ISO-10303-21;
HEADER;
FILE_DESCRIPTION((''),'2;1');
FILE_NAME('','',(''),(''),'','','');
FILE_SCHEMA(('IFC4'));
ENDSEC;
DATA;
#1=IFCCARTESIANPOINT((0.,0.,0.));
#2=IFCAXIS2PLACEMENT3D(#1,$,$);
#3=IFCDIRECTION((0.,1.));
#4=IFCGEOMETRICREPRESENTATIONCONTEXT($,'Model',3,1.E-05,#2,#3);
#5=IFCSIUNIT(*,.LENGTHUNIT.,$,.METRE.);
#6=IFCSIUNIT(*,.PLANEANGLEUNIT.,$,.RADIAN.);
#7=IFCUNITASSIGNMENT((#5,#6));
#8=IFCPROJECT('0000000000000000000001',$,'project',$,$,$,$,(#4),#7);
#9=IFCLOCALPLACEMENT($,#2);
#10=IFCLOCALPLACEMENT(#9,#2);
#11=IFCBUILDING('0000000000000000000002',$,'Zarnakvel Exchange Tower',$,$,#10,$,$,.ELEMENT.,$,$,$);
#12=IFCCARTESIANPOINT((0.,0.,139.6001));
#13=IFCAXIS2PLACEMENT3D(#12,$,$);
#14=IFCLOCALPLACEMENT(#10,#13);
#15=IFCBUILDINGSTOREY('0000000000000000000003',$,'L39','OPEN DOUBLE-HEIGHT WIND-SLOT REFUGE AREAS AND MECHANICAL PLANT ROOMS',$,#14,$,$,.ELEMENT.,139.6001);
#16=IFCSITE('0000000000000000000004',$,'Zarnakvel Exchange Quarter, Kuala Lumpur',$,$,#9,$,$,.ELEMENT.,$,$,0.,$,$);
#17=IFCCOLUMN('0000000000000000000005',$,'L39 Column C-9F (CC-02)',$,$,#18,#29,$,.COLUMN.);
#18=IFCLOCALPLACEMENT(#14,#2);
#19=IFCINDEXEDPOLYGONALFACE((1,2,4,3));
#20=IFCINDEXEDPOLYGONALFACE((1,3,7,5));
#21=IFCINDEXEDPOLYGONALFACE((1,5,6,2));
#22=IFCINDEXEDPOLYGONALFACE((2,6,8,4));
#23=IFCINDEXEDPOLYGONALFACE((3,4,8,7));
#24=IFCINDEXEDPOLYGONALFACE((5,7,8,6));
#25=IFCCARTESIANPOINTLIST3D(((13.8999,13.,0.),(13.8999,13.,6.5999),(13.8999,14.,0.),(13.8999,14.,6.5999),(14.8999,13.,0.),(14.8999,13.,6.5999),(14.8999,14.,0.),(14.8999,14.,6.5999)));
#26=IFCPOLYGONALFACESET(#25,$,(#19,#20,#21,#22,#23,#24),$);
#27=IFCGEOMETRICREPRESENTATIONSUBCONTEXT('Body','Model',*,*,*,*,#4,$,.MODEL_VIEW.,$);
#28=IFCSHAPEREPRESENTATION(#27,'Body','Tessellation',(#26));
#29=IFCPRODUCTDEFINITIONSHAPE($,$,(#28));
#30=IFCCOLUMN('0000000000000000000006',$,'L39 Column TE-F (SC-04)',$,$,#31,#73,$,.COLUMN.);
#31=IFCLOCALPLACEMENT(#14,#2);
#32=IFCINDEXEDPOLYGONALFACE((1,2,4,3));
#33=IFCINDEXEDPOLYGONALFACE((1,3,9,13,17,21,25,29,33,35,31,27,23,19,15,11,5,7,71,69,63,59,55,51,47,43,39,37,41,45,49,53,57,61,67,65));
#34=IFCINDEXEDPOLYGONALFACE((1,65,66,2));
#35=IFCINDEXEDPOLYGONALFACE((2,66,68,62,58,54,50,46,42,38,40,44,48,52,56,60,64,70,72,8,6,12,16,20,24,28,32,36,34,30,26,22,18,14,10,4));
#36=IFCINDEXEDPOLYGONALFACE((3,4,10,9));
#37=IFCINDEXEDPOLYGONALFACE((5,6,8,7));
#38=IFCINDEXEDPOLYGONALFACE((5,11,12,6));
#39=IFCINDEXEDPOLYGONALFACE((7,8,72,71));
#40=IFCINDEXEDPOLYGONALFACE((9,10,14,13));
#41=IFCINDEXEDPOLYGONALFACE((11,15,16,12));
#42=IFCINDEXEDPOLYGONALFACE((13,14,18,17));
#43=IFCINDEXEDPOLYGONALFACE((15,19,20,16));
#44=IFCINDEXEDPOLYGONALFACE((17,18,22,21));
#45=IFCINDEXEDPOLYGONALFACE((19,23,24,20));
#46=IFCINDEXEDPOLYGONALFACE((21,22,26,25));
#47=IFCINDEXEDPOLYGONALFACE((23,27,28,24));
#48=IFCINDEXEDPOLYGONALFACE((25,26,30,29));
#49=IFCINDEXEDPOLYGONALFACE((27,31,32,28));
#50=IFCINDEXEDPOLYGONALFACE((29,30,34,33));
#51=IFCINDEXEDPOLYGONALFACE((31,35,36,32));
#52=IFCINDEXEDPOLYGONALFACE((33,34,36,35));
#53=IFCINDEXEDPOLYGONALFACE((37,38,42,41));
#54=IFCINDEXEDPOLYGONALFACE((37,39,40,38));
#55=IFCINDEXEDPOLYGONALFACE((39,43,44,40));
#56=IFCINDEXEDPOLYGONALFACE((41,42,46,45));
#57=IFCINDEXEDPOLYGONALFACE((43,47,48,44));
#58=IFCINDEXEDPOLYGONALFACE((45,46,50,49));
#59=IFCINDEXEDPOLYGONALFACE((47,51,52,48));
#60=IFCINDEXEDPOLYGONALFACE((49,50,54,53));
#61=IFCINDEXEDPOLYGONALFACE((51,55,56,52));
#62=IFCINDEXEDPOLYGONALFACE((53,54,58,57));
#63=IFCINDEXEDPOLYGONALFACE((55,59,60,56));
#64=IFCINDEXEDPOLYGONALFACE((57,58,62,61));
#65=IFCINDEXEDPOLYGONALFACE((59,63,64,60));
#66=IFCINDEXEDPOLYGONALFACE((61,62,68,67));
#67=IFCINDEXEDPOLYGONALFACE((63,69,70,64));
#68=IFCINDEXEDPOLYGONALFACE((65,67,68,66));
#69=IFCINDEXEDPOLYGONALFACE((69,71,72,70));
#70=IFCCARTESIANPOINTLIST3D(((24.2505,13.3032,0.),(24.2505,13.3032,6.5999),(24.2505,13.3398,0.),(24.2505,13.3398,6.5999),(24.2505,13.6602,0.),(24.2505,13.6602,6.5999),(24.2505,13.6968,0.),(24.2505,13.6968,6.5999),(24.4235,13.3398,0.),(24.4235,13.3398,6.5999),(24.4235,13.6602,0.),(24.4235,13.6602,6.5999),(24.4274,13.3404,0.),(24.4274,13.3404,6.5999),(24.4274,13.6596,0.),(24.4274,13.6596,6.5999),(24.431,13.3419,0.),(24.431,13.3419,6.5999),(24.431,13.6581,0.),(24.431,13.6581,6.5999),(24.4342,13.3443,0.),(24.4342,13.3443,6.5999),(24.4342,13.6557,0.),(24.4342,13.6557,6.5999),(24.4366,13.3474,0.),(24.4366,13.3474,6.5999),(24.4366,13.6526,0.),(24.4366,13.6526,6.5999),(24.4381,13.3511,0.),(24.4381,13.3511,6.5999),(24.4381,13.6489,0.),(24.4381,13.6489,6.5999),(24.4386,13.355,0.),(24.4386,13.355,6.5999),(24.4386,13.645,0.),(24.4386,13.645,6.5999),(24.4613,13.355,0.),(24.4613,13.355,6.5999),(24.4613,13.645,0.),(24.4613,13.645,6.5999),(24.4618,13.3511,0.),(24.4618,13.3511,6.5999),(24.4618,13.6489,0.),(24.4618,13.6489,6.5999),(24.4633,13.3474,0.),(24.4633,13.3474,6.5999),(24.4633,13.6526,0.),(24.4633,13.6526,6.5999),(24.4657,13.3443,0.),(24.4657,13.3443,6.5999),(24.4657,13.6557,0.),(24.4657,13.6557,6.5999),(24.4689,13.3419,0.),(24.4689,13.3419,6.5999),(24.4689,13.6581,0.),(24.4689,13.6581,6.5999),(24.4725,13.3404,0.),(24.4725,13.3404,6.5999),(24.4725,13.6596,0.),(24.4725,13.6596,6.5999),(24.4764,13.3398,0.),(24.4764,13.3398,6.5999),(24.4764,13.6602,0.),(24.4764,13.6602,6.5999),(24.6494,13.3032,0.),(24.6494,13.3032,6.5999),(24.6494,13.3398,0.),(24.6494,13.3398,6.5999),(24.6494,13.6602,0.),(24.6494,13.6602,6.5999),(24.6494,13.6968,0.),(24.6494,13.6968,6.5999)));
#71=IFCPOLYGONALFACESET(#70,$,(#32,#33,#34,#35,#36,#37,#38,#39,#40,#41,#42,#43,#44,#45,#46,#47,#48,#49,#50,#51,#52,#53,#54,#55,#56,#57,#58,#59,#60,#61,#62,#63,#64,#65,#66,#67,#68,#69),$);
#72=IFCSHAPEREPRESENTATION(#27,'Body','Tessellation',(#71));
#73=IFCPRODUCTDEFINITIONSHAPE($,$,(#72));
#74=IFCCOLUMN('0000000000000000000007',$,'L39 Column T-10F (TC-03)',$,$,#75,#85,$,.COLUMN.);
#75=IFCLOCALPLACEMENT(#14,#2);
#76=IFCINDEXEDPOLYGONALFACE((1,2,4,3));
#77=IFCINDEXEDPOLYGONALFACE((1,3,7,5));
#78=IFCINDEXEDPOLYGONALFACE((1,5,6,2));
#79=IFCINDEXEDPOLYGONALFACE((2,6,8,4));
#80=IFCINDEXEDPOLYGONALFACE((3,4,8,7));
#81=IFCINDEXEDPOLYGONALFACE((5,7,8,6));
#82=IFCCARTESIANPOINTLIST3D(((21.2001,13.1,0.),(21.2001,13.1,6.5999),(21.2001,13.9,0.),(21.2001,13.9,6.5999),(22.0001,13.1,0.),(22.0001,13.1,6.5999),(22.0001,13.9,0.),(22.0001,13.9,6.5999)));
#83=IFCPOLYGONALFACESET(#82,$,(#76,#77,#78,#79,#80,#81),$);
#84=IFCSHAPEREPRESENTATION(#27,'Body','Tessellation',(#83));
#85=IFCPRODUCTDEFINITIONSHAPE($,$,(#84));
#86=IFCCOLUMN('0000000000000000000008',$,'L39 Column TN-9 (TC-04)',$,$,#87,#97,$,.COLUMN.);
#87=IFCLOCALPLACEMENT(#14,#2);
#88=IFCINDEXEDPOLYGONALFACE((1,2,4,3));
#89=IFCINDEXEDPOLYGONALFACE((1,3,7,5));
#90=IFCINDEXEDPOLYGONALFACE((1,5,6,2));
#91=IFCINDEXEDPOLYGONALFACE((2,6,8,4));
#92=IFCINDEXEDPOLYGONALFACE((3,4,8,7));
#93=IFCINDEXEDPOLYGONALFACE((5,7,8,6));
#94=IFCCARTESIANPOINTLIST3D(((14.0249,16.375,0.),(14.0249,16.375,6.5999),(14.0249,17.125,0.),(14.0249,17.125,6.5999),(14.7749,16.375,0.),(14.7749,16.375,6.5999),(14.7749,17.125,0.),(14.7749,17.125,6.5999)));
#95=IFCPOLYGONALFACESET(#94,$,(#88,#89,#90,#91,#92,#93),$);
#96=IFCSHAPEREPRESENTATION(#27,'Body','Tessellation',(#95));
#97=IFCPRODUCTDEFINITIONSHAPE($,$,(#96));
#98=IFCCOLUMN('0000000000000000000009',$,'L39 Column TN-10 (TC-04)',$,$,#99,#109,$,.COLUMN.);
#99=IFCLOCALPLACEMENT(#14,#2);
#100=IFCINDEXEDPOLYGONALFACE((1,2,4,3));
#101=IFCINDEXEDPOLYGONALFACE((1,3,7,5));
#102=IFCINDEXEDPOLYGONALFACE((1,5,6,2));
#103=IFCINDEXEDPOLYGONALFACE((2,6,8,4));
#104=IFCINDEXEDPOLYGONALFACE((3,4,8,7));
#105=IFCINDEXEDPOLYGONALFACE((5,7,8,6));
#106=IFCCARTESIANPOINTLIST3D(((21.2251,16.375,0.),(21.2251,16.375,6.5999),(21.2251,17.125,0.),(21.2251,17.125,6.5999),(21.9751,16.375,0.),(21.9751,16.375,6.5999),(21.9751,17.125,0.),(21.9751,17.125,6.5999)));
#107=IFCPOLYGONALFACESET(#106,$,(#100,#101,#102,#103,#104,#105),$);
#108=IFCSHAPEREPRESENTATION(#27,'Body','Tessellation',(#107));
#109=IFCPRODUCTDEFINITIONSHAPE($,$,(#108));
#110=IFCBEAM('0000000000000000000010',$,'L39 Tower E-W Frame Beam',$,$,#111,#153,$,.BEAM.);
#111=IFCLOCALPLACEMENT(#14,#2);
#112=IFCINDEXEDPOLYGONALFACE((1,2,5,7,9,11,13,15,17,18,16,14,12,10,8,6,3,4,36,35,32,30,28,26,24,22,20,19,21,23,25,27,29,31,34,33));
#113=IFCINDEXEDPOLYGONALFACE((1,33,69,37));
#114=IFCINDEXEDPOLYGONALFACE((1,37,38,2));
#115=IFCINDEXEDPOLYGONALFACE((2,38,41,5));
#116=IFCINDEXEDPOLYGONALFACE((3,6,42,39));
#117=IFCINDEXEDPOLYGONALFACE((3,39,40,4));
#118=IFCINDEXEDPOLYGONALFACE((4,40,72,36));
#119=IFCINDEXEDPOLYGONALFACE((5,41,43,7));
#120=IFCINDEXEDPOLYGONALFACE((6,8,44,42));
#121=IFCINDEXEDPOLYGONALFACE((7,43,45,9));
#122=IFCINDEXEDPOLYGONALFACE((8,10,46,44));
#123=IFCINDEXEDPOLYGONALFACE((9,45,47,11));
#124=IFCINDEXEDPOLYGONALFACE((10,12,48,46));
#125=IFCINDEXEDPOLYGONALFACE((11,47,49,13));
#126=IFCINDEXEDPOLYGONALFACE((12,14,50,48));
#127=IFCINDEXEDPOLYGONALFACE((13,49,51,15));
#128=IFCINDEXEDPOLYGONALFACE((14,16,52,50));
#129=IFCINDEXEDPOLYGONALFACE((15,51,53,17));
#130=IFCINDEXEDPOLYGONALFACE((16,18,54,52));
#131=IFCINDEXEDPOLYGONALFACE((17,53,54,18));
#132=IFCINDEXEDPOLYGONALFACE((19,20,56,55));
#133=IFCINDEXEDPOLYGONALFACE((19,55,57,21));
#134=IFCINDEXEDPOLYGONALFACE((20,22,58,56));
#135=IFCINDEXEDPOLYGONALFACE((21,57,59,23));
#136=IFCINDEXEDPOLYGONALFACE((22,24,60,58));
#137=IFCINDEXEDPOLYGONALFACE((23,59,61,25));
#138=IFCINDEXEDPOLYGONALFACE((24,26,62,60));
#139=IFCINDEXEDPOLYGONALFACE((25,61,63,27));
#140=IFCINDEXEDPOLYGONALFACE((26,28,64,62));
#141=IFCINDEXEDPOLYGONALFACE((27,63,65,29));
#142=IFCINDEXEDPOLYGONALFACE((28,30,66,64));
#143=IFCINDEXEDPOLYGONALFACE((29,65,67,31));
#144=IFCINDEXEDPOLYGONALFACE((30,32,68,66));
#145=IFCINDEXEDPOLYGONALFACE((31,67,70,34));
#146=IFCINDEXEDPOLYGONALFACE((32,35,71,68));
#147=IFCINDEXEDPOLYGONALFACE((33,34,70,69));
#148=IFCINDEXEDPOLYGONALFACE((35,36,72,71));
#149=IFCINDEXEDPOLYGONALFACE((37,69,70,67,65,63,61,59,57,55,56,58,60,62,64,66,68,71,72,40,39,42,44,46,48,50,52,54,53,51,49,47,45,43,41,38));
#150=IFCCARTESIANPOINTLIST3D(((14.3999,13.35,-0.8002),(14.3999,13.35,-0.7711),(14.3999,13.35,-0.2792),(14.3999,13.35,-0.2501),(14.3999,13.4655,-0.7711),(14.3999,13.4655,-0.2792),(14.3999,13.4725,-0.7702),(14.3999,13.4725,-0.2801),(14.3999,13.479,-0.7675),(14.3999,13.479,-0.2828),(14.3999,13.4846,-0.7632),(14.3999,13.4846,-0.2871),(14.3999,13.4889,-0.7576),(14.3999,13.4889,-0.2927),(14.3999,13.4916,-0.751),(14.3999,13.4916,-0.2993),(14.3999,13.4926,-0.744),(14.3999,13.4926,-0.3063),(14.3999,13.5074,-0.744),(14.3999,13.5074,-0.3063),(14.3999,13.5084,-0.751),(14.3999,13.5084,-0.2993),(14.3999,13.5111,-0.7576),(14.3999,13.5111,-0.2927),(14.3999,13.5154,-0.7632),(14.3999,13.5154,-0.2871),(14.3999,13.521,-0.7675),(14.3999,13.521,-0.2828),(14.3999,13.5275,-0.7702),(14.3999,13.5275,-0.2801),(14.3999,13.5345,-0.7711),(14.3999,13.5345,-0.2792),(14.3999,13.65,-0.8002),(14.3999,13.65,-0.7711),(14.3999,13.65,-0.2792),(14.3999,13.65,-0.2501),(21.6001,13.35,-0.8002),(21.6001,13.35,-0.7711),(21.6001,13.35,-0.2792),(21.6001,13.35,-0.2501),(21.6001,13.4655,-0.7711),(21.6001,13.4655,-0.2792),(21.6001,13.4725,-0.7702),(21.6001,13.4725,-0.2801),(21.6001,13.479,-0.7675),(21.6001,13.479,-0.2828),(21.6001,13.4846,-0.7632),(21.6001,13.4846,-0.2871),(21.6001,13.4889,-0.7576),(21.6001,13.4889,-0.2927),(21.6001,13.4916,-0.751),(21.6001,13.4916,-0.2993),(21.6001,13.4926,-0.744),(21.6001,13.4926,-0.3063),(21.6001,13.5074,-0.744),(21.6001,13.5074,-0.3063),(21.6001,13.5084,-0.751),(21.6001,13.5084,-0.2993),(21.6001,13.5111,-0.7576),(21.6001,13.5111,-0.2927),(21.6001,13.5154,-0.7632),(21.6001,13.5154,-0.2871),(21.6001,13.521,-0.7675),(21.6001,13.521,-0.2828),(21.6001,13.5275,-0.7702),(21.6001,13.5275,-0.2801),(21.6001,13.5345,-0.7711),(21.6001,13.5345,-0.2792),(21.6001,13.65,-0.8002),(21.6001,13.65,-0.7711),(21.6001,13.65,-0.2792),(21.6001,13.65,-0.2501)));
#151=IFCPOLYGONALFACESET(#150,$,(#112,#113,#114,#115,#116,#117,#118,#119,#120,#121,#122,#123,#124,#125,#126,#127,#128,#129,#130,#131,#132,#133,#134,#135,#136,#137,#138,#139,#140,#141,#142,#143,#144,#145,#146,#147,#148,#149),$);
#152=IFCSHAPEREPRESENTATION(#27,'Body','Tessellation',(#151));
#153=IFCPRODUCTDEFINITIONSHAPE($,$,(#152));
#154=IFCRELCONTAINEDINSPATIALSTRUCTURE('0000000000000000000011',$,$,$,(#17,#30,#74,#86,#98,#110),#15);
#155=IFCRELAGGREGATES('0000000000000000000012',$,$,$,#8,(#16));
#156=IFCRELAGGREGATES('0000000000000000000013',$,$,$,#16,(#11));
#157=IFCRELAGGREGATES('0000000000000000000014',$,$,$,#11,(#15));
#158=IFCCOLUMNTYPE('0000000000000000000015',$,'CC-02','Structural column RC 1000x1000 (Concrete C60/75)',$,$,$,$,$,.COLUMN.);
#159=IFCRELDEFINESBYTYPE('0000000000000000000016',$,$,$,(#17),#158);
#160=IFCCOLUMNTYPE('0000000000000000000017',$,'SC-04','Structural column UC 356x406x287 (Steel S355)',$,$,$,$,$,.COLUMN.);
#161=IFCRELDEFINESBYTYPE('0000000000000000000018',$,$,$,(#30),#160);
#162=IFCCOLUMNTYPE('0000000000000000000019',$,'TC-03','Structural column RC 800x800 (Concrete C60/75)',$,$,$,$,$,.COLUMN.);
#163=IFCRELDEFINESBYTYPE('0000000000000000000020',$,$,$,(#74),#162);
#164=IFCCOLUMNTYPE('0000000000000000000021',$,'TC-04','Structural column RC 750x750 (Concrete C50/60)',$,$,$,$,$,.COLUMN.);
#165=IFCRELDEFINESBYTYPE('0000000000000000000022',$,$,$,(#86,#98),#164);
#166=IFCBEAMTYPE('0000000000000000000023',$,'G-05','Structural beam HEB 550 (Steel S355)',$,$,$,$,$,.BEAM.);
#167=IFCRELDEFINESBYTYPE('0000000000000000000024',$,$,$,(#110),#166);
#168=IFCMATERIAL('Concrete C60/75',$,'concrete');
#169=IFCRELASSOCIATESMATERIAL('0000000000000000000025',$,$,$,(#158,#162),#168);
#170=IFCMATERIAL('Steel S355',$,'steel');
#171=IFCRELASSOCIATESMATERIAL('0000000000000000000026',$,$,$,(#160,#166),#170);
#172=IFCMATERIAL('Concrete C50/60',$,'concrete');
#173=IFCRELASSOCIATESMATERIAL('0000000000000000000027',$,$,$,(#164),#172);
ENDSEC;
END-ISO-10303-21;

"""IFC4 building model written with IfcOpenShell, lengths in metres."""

from ifc_helpers import new_model, si_unit, direction, frame, origin, origin_2d, place, context, subcontext, project, spatial, rectangle, i_section, extrude, material, material_profile, profile_set, type_object, element, save


model = new_model("IFC4")

# Units and contexts
model_context = context("Model", 3, precision=1e-05, world=origin(), true_north=direction((0.0, 1.0)))
body_context = subcontext(model_context, "Body", "Model", "MODEL_VIEW")
ifc_project = project(units=[si_unit("LENGTHUNIT", "METRE"), si_unit("PLANEANGLEUNIT", "RADIAN")], contexts=[model_context])

# Site, building, storey
site_placement = place(None, origin())
site = spatial("IfcSite", under=ifc_project, at=site_placement, Name="Zarnakvel Exchange Quarter, Kuala Lumpur", CompositionType="ELEMENT", RefElevation=0.0)
building_placement = place(site_placement, origin())
building = spatial("IfcBuilding", under=site, at=building_placement, Name="Zarnakvel Exchange Tower", CompositionType="ELEMENT")
storey_placement = place(building_placement, frame((0.0, 0.0, 139.6001)))
storey = spatial("IfcBuildingStorey", under=building, at=storey_placement, Name="L39", Description="OPEN DOUBLE-HEIGHT WIND-SLOT REFUGE AREAS AND MECHANICAL PLANT ROOMS", CompositionType="ELEMENT", Elevation=139.6001)

# Columns
ifc_material_1 = material(Name="Concrete C60/75", Category="concrete")
ifc_material_profile_1 = material_profile(ifc_material_1, rectangle(XDim=1.0, YDim=1.0, at=origin_2d()))
ifc_profile_set_1 = profile_set([ifc_material_profile_1], Name="Concrete C60/75")
column_type_1 = type_object("IfcColumnType", Name="CC-02", Description="Structural column RC 1000x1000 (Concrete C60/75)", PredefinedType="COLUMN", material=ifc_profile_set_1)
column_1_placement = place(storey_placement, frame((14.3999, 13.5, 0.0), z_axis=(0.0, 0.0, 1.0), x_axis=(1.0, 0.0, 0.0)))
element("IfcColumn", 1, at=column_1_placement, inside=storey, type_object=column_type_1, Name="L39 Column C-9F (CC-02)", PredefinedType="COLUMN", context=body_context, shape_type="SweptSolid", body=[
    extrude(rectangle(XDim=1.0, YDim=1.0, at=origin_2d()), origin(), (0.0, 0.0, 1.0), 6.5999),
])
ifc_material_2 = material(Name="Steel S355", Category="steel")
ifc_material_profile_2 = material_profile(ifc_material_2, i_section(OverallWidth=0.3989, OverallDepth=0.3936, WebThickness=0.0227, FlangeThickness=0.0366, FilletRadius=0.0151, at=origin_2d()))
ifc_profile_set_2 = profile_set([ifc_material_profile_2], Name="Steel S355")
column_type_2 = type_object("IfcColumnType", Name="SC-04", Description="Structural column UC 356x406x287 (Steel S355)", PredefinedType="COLUMN", material=ifc_profile_set_2)
column_2_placement = place(storey_placement, frame((24.45, 13.5, 0.0), z_axis=(0.0, 0.0, 1.0), x_axis=(1.0, 0.0, 0.0)))
element("IfcColumn", 2, at=column_2_placement, inside=storey, type_object=column_type_2, Name="L39 Column TE-F (SC-04)", PredefinedType="COLUMN", context=body_context, shape_type="SweptSolid", body=[
    extrude(i_section(OverallWidth=0.3989, OverallDepth=0.3936, WebThickness=0.0227, FlangeThickness=0.0366, FilletRadius=0.0151, at=origin_2d()), origin(), (0.0, 0.0, 1.0), 6.5999),
])
ifc_material_profile_3 = material_profile(ifc_material_1, rectangle(XDim=0.8, YDim=0.8, at=origin_2d()))
ifc_profile_set_3 = profile_set([ifc_material_profile_3], Name="Concrete C60/75")
column_type_3 = type_object("IfcColumnType", Name="TC-03", Description="Structural column RC 800x800 (Concrete C60/75)", PredefinedType="COLUMN", material=ifc_profile_set_3)
column_3_placement = place(storey_placement, frame((21.6001, 13.5, 0.0), z_axis=(0.0, 0.0, 1.0), x_axis=(1.0, 0.0, 0.0)))
element("IfcColumn", 3, at=column_3_placement, inside=storey, type_object=column_type_3, Name="L39 Column T-10F (TC-03)", PredefinedType="COLUMN", context=body_context, shape_type="SweptSolid", body=[
    extrude(rectangle(XDim=0.8, YDim=0.8, at=origin_2d()), origin(), (0.0, 0.0, 1.0), 6.5999),
])
ifc_material_3 = material(Name="Concrete C50/60", Category="concrete")
ifc_material_profile_4 = material_profile(ifc_material_3, rectangle(XDim=0.75, YDim=0.75, at=origin_2d()))
ifc_profile_set_4 = profile_set([ifc_material_profile_4], Name="Concrete C50/60")
column_type_4 = type_object("IfcColumnType", Name="TC-04", Description="Structural column RC 750x750 (Concrete C50/60)", PredefinedType="COLUMN", material=ifc_profile_set_4)
for number, where, z_axis, x_axis, name in (
    (4, (14.3999, 16.75, 0.0), (0.0, 0.0, 1.0), (1.0, 0.0, 0.0), "L39 Column TN-9 (TC-04)"),
    (5, (21.6001, 16.75, 0.0), (0.0, 0.0, 1.0), (1.0, 0.0, 0.0), "L39 Column TN-10 (TC-04)"),
):
    element("IfcColumn", number, at=place(storey_placement, frame(where, z_axis=z_axis, x_axis=x_axis)), inside=storey, type_object=column_type_4, Name=name, PredefinedType="COLUMN", context=body_context, shape_type="SweptSolid", body=[
        extrude(rectangle(XDim=0.75, YDim=0.75, at=origin_2d()), origin(), (0.0, 0.0, 1.0), 6.5999),
    ])

# Beam
ifc_material_profile_5 = material_profile(ifc_material_2, i_section(OverallWidth=0.3, OverallDepth=0.55, WebThickness=0.0149, FlangeThickness=0.0291, FilletRadius=0.0271, at=origin_2d()))
ifc_profile_set_5 = profile_set([ifc_material_profile_5], Name="Steel S355")
beam_type_1 = type_object("IfcBeamType", Name="G-05", Description="Structural beam HEB 550 (Steel S355)", PredefinedType="BEAM", material=ifc_profile_set_5)
beam_1_placement = place(storey_placement, frame((14.3999, 13.5, -0.5251), z_axis=(1.0, 0.0, 0.0), x_axis=(0.0, 1.0, 0.0)))
element("IfcBeam", 6, at=beam_1_placement, inside=storey, type_object=beam_type_1, Name="L39 Tower E-W Frame Beam", PredefinedType="BEAM", context=body_context, shape_type="SweptSolid", body=[
    extrude(i_section(OverallWidth=0.3, OverallDepth=0.55, WebThickness=0.0149, FlangeThickness=0.0291, FilletRadius=0.0271, at=origin_2d()), origin(), (0.0, 0.0, 1.0), 7.2002),
])

save(model, "model.ifc")
